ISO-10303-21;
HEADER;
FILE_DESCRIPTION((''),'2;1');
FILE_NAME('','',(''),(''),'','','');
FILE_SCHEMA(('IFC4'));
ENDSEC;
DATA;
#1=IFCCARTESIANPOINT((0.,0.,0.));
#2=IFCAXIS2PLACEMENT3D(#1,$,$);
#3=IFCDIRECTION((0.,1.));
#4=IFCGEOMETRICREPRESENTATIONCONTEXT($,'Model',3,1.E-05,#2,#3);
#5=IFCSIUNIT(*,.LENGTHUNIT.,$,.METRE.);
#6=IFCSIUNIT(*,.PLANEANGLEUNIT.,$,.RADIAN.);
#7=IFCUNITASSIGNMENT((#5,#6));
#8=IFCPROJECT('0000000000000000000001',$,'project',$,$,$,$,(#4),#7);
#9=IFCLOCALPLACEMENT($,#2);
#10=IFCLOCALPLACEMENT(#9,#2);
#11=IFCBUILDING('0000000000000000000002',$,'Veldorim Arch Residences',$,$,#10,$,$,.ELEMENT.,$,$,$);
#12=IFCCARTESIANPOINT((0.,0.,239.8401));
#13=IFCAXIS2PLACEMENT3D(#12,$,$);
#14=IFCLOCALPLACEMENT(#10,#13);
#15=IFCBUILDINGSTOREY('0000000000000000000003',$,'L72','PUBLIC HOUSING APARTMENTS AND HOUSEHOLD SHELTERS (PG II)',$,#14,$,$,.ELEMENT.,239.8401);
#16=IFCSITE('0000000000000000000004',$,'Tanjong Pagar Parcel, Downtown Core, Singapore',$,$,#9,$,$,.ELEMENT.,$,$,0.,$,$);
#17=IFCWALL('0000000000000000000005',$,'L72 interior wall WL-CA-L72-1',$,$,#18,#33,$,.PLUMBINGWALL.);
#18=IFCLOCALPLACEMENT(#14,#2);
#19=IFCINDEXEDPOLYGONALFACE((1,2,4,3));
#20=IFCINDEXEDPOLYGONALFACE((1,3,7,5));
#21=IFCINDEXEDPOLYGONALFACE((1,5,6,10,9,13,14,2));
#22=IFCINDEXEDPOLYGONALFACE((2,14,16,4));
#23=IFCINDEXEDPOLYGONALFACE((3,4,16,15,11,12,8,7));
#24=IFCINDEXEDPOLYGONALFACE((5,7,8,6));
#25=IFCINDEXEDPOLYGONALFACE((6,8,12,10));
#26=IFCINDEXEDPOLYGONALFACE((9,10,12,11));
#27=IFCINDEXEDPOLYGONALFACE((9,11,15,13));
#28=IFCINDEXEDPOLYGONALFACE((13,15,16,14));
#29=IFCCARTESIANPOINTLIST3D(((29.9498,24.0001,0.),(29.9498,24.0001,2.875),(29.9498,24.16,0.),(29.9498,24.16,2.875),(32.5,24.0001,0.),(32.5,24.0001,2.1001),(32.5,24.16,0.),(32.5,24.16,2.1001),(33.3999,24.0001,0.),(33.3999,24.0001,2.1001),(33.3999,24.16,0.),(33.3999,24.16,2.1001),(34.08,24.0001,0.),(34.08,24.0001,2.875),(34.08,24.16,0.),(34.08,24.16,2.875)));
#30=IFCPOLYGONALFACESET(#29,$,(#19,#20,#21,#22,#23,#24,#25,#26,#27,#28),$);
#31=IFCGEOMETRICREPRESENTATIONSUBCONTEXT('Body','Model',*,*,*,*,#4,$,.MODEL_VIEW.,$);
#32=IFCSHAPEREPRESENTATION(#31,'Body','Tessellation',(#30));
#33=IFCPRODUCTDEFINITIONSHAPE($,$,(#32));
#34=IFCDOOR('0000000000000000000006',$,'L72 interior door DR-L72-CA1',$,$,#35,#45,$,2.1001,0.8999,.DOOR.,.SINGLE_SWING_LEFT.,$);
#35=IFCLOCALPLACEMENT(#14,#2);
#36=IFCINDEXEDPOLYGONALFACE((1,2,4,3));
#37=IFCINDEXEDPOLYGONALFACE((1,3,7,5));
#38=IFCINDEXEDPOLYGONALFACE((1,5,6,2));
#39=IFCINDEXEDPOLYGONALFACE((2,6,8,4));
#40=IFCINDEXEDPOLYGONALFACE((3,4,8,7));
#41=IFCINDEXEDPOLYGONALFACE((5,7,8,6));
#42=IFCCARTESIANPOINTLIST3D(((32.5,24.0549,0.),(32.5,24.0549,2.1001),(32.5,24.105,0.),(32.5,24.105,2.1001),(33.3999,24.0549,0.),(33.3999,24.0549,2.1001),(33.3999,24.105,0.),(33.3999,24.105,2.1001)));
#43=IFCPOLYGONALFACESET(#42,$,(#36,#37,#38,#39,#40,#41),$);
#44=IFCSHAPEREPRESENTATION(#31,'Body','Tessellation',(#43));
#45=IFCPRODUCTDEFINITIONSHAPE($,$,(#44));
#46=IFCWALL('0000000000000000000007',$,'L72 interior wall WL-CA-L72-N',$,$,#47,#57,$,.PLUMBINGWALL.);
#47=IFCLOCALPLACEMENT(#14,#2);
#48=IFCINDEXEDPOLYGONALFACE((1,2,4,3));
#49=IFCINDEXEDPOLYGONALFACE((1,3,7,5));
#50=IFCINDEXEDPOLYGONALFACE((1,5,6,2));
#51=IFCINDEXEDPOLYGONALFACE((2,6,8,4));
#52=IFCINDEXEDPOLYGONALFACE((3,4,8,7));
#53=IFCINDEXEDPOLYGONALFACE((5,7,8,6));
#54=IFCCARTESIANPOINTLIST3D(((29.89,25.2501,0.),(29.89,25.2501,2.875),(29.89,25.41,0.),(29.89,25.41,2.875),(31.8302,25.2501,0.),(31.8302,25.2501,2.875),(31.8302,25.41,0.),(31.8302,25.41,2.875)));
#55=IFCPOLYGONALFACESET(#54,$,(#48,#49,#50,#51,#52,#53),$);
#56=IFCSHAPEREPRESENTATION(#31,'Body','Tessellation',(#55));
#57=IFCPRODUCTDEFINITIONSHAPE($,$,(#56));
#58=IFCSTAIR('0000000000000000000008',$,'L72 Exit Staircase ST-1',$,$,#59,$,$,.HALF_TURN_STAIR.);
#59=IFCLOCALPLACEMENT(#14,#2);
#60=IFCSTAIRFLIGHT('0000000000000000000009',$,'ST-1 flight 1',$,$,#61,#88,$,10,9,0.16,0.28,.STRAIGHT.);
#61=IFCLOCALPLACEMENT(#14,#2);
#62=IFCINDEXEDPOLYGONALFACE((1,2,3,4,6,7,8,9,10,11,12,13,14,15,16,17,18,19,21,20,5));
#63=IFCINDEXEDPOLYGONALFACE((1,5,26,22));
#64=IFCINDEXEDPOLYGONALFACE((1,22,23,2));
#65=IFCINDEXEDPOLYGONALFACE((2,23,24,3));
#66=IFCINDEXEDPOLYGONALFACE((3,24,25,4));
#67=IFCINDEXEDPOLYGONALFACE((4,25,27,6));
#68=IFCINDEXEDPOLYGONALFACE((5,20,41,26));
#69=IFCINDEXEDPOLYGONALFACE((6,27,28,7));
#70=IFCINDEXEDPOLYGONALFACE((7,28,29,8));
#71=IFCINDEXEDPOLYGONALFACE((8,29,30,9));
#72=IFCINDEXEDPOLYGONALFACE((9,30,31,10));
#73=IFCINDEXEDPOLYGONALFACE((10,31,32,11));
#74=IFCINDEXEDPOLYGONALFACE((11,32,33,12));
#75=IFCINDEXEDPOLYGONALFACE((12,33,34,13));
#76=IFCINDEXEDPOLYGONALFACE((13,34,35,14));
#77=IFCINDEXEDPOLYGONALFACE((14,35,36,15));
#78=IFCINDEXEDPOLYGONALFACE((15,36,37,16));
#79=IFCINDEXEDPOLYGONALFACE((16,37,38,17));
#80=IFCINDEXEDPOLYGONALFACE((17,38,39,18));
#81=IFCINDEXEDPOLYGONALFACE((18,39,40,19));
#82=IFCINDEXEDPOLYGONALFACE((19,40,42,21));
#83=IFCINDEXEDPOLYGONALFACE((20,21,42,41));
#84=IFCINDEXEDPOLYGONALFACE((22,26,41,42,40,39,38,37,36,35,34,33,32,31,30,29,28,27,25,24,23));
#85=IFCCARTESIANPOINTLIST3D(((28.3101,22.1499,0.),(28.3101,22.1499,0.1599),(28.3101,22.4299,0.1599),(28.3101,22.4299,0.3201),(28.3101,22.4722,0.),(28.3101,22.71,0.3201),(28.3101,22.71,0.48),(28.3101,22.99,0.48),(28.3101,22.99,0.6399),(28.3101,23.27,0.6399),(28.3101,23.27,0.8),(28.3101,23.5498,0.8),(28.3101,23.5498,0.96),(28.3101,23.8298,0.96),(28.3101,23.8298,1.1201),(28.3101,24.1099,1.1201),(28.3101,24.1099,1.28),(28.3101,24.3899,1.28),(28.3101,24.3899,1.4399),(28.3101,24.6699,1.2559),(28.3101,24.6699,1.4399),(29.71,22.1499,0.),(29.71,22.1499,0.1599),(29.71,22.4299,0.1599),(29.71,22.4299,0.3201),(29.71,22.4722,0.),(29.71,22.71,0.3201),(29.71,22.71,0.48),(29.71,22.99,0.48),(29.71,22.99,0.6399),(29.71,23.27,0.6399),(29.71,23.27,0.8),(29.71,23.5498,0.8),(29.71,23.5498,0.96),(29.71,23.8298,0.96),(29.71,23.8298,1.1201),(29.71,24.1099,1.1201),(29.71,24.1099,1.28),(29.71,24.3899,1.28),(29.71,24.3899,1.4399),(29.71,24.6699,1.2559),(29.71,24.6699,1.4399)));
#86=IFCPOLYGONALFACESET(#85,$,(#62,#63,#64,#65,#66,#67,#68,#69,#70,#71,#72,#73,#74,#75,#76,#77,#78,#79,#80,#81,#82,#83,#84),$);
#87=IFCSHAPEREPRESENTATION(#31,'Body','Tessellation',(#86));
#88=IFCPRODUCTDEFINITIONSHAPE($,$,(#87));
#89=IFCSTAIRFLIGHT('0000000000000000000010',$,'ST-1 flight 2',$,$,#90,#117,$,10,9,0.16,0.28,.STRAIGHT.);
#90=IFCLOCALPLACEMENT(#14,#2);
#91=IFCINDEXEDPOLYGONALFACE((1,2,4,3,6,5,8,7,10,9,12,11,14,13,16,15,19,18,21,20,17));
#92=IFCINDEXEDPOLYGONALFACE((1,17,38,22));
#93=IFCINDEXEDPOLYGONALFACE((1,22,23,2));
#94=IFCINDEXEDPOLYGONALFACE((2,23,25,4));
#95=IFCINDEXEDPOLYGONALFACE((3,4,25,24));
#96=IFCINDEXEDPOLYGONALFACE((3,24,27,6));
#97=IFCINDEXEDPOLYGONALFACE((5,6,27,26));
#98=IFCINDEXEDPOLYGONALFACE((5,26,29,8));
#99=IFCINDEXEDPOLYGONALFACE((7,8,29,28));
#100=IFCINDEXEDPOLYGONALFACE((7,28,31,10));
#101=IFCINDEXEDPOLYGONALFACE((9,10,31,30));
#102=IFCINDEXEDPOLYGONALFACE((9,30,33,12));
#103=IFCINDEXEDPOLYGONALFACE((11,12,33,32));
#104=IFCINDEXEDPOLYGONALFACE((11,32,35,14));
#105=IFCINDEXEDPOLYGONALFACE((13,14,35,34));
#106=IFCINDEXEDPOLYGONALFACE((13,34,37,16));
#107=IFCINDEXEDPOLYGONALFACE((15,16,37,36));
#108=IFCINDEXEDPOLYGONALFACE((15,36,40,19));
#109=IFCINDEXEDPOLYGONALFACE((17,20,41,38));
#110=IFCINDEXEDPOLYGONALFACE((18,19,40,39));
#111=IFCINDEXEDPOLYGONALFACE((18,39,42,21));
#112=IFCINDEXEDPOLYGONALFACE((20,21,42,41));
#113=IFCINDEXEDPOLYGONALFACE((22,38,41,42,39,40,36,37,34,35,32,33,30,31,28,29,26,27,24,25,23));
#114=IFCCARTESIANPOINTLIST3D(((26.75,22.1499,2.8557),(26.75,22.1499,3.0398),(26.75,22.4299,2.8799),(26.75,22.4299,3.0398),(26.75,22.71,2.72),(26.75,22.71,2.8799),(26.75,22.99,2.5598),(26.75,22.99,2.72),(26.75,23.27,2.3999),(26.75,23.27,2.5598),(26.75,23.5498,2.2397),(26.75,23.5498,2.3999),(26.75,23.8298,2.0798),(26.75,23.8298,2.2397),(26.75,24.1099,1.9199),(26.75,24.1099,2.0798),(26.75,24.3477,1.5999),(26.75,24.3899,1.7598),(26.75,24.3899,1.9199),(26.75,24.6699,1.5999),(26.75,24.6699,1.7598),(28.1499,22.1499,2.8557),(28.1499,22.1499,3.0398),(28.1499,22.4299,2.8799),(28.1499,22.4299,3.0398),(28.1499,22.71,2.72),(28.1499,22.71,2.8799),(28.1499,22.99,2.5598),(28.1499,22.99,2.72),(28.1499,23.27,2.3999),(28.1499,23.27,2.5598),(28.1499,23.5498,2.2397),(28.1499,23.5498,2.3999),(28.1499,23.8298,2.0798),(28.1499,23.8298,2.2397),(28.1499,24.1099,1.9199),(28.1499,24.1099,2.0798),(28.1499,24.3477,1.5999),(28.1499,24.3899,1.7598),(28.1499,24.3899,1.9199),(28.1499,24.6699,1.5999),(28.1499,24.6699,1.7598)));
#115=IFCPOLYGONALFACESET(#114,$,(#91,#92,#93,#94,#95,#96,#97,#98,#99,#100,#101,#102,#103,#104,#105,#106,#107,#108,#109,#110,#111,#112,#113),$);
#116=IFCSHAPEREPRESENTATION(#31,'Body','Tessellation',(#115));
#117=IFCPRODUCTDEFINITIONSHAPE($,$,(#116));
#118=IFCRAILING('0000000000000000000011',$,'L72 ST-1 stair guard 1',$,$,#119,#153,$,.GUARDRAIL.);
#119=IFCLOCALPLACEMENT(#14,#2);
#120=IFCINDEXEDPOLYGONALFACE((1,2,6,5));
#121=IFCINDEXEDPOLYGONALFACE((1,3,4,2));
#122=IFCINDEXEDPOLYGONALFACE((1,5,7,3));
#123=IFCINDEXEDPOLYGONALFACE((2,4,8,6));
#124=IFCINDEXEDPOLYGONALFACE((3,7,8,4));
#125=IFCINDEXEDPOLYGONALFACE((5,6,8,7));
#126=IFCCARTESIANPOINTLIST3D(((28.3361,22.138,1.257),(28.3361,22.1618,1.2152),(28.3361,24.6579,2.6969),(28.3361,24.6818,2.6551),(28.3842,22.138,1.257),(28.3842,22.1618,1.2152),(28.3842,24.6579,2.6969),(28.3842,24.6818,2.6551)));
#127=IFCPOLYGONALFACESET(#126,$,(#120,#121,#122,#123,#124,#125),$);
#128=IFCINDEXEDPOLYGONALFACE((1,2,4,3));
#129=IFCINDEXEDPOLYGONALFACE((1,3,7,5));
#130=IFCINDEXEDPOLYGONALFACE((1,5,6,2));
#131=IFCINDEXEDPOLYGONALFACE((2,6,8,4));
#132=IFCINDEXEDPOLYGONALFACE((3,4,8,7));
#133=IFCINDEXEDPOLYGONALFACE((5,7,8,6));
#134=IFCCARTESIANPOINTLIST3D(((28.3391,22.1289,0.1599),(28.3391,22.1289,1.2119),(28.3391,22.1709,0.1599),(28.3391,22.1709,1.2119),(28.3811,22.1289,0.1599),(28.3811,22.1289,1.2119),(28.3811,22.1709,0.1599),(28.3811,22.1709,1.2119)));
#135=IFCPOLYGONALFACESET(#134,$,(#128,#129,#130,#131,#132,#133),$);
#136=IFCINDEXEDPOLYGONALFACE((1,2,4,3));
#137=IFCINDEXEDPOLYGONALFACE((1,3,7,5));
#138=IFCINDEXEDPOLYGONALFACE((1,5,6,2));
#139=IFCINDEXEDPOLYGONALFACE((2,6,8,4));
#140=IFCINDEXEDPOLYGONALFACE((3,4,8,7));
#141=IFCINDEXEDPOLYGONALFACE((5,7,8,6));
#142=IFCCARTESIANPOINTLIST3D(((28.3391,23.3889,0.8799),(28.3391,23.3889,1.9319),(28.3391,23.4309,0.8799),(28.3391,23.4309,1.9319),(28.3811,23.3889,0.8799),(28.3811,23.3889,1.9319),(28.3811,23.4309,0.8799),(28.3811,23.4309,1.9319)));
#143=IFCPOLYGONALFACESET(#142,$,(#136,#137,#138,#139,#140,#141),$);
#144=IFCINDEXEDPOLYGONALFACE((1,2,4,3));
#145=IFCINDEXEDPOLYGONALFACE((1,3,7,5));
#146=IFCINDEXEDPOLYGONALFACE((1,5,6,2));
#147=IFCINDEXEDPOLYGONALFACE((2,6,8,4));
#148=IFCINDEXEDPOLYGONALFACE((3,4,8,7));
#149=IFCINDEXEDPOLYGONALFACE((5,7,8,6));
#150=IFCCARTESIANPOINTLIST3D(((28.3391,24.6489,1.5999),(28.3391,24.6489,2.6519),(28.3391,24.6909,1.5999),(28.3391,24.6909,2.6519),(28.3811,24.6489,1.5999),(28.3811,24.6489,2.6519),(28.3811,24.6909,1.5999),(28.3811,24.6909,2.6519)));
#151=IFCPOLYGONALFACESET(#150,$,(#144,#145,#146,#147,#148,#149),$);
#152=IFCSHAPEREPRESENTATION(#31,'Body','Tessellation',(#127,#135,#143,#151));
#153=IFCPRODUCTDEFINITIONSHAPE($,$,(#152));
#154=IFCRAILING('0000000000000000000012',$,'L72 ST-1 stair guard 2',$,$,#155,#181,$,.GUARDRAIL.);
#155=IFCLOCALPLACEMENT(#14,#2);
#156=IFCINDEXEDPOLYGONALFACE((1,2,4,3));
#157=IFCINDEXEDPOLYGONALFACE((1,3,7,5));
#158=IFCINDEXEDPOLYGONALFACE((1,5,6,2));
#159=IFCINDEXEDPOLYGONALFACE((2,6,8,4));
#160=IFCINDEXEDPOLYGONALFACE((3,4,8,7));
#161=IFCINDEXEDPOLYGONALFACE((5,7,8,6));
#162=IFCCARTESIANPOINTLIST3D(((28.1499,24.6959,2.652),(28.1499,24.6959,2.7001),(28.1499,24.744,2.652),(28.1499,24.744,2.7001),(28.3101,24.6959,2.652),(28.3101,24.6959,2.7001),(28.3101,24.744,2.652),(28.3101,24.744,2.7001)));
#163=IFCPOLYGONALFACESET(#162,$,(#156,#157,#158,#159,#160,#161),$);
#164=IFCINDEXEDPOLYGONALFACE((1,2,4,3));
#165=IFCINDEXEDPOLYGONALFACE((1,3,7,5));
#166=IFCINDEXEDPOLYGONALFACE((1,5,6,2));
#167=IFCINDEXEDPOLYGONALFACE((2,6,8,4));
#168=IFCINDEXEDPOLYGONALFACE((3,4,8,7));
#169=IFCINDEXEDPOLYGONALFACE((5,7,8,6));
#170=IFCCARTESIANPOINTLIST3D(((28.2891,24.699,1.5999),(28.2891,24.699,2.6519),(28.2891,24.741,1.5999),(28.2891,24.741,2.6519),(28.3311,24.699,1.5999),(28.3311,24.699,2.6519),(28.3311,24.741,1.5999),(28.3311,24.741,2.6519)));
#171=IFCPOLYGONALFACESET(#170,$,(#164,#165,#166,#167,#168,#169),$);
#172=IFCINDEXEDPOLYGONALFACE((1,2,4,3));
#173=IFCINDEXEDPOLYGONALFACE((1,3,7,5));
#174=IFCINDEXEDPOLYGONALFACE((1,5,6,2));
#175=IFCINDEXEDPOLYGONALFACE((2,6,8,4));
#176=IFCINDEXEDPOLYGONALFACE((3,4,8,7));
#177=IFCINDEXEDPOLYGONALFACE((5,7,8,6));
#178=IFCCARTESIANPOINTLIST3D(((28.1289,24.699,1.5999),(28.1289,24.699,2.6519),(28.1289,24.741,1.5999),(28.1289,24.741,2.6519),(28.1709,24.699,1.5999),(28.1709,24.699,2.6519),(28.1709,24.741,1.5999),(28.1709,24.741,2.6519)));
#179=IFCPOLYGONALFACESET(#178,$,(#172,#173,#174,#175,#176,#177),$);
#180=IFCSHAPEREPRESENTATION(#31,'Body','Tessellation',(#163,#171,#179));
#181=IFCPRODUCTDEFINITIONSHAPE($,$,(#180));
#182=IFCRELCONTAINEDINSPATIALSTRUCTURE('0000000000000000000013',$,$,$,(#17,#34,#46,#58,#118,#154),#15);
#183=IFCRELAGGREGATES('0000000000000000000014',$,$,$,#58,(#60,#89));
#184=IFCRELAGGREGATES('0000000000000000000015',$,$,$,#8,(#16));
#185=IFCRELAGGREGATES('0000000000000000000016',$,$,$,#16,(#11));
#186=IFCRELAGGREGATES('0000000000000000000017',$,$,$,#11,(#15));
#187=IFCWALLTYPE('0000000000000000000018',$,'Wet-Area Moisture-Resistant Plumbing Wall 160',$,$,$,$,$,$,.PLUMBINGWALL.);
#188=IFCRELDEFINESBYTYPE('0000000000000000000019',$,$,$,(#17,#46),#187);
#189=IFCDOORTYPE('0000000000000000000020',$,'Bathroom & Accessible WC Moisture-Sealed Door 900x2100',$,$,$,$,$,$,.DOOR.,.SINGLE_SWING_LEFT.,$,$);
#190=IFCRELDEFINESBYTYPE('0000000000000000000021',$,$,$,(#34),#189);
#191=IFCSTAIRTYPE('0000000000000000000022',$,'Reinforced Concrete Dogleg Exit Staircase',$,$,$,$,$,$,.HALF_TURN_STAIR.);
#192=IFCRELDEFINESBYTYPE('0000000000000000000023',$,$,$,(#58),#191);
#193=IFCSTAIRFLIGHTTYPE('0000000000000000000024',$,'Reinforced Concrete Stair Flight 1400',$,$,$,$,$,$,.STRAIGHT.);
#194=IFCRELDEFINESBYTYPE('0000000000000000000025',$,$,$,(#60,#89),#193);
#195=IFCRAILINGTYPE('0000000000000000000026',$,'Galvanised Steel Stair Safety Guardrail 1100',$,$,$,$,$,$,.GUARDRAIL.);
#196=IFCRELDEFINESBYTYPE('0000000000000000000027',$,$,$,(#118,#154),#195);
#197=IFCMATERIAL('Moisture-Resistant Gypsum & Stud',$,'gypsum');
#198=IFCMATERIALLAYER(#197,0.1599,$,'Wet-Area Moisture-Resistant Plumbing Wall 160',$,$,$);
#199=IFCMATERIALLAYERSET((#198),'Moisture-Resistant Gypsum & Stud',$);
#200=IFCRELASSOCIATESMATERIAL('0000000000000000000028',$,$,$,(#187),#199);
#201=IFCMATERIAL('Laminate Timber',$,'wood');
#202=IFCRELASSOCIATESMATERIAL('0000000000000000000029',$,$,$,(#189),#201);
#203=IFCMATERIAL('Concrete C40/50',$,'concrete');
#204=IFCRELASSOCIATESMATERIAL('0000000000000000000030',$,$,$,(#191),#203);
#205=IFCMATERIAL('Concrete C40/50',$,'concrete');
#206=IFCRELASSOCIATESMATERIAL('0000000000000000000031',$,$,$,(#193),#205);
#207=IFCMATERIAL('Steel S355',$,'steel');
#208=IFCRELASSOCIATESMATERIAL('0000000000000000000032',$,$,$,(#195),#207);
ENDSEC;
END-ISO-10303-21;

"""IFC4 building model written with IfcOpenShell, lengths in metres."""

from ifc_helpers import new_model, si_unit, direction, frame, frame_2d, origin, origin_2d, place, context, subcontext, project, spatial, polyline, rectangle, outline, extrude, material, layer, layer_set, type_object, element, fill, aggregate, save


model = new_model("IFC4")

# Units and contexts
model_context = context("Model", 3, precision=1e-05, world=origin(), true_north=direction((0.0, 1.0)))
body_context = subcontext(model_context, "Body", "Model", "MODEL_VIEW")
ifc_project = project(units=[si_unit("LENGTHUNIT", "METRE"), si_unit("PLANEANGLEUNIT", "RADIAN")], contexts=[model_context])

# Site, building, storey
site_placement = place(None, origin())
site = spatial("IfcSite", under=ifc_project, at=site_placement, Name="Tanjong Pagar Parcel, Downtown Core, Singapore", CompositionType="ELEMENT", RefElevation=0.0)
building_placement = place(site_placement, origin())
building = spatial("IfcBuilding", under=site, at=building_placement, Name="Veldorim Arch Residences", CompositionType="ELEMENT")
storey_placement = place(building_placement, frame((0.0, 0.0, 239.8401)))
storey = spatial("IfcBuildingStorey", under=building, at=storey_placement, Name="L72", Description="PUBLIC HOUSING APARTMENTS AND HOUSEHOLD SHELTERS (PG II)", CompositionType="ELEMENT", Elevation=239.8401)

# Wall, opening, door
ifc_material_1 = material(Name="Moisture-Resistant Gypsum & Stud", Category="gypsum")
ifc_layer_1 = layer(ifc_material_1, 0.1599, Name="Wet-Area Moisture-Resistant Plumbing Wall 160")
ifc_layer_set_1 = layer_set([ifc_layer_1], Name="Moisture-Resistant Gypsum & Stud")
wall_type_1 = type_object("IfcWallType", Name="Wet-Area Moisture-Resistant Plumbing Wall 160", PredefinedType="PLUMBINGWALL", material=ifc_layer_set_1)
wall_1_placement = place(storey_placement, frame((29.95, 24.0801, 0.0), z_axis=(0.0, 0.0, 1.0), x_axis=(1.0, 0.0, 0.0)))
wall_1 = element("IfcWall", 1, at=wall_1_placement, inside=storey, type_object=wall_type_1, Name="L72 interior wall WL-CA-L72-1", PredefinedType="PLUMBINGWALL", context=body_context, shape_type="SweptSolid", body=[
    extrude(rectangle(XDim=4.1301, YDim=0.1599, at=frame_2d((2.0649, 0.0))), origin(), (0.0, 0.0, 1.0), 2.875),
])
opening_placement = place(wall_1_placement, frame((2.55, 0.0, 0.0)))
opening = element("IfcOpeningElement", 2, at=opening_placement, cuts=wall_1, PredefinedType="OPENING", context=body_context, shape_type="SweptSolid", body=[
    extrude(rectangle(XDim=0.8999, YDim=2.1001, at=frame_2d((0.45, 1.05))), frame((0.0, 0.0898, 0.0), z_axis=(0.0, -1.0, 0.0), x_axis=(1.0, 0.0, 0.0)), (0.0, 0.0, 1.0), 0.1799),
])
ifc_material_2 = material(Name="Laminate Timber", Category="wood")
door_type = type_object("IfcDoorType", Name="Bathroom & Accessible WC Moisture-Sealed Door 900x2100", OperationType="SINGLE_SWING_LEFT", PredefinedType="DOOR", material=ifc_material_2)
door_placement = place(opening_placement, origin())
door = element("IfcDoor", 3, at=door_placement, inside=storey, type_object=door_type, Name="L72 interior door DR-L72-CA1", OperationType="SINGLE_SWING_LEFT", OverallHeight=2.1001, OverallWidth=0.8999, PredefinedType="DOOR", context=body_context, shape_type="SweptSolid", body=[
    extrude(rectangle(XDim=0.8999, YDim=2.1001, at=frame_2d((0.45, 1.05))), frame((0.0, 0.0249, 0.0), z_axis=(0.0, -1.0, 0.0), x_axis=(1.0, 0.0, 0.0)), (0.0, 0.0, 1.0), 0.05),
])
fill(opening, door)

# Wall
wall_2_placement = place(storey_placement, frame((29.8899, 25.3301, 0.0), z_axis=(0.0, 0.0, 1.0), x_axis=(1.0, 0.0, 0.0)))
element("IfcWall", 4, at=wall_2_placement, inside=storey, type_object=wall_type_1, Name="L72 interior wall WL-CA-L72-N", PredefinedType="PLUMBINGWALL", context=body_context, shape_type="SweptSolid", body=[
    extrude(rectangle(XDim=1.9402, YDim=0.1599, at=frame_2d((0.9702, 0.0))), origin(), (0.0, 0.0, 1.0), 2.875),
])

# Stair, stair flights
ifc_material_3 = material(Name="Concrete C40/50", Category="concrete")
stair_type = type_object("IfcStairType", Name="Reinforced Concrete Dogleg Exit Staircase", PredefinedType="HALF_TURN_STAIR", material=ifc_material_3)
stair_placement = place(storey_placement, origin())
stair = element("IfcStair", 5, at=stair_placement, inside=storey, type_object=stair_type, Name="L72 Exit Staircase ST-1", PredefinedType="HALF_TURN_STAIR")
ifc_material_4 = material(Name="Concrete C40/50", Category="concrete")
stair_flight_type = type_object("IfcStairFlightType", Name="Reinforced Concrete Stair Flight 1400", PredefinedType="STRAIGHT", material=ifc_material_4)
stair_flight_1_placement = place(storey_placement, frame((29.01, 22.1499, 0.0), z_axis=(0.0, 0.0, 1.0), x_axis=(0.0, 1.0, 0.0)))
stair_flight_1 = element("IfcStairFlight", 6, at=stair_flight_1_placement, type_object=stair_flight_type, Name="ST-1 flight 1", NumberOfRisers=10, NumberOfTreads=9, PredefinedType="STRAIGHT", RiserHeight=0.16, TreadLength=0.28, context=body_context, shape_type="SweptSolid", body=[
    extrude(outline(polyline([(0.0, 0.0), (0.0, 0.1599), (0.28, 0.1599), (0.28, 0.3201), (0.5601, 0.3201), (0.5601, 0.48), (0.8401, 0.48), (0.8401, 0.6399), (1.1201, 0.6399), (1.1201, 0.8), (1.3999, 0.8), (1.3999, 0.96), (1.6799, 0.96), (1.6799, 1.1201), (1.96, 1.1201), (1.96, 1.28), (2.24, 1.28), (2.24, 1.4399), (2.52, 1.4399), (2.52, 1.6001), (2.52, 1.2559), (0.3223, 0.0), (0.0, 0.0)])), frame((0.0, 0.7, 0.0), z_axis=(0.0, -1.0, 0.0), x_axis=(1.0, 0.0, 0.0)), (0.0, 0.0, 1.0), 1.3999),
])
stair_flight_2_placement = place(storey_placement, frame((27.45, 24.6699, 1.5999), z_axis=(0.0, 0.0, 1.0), x_axis=(0.0, -1.0, 0.0)))
stair_flight_2 = element("IfcStairFlight", 7, at=stair_flight_2_placement, type_object=stair_flight_type, Name="ST-1 flight 2", NumberOfRisers=10, NumberOfTreads=9, PredefinedType="STRAIGHT", RiserHeight=0.16, TreadLength=0.28, context=body_context, shape_type="SweptSolid", body=[
    extrude(outline(polyline([(0.0, 0.0), (0.0, 0.1599), (0.28, 0.1599), (0.28, 0.3201), (0.5601, 0.3201), (0.5601, 0.48), (0.8401, 0.48), (0.8401, 0.6399), (1.1201, 0.6399), (1.1201, 0.8), (1.3999, 0.8), (1.3999, 0.96), (1.6799, 0.96), (1.6799, 1.1201), (1.96, 1.1201), (1.96, 1.28), (2.24, 1.28), (2.24, 1.4399), (2.52, 1.4399), (2.52, 1.6001), (2.52, 1.2559), (0.3223, 0.0), (0.0, 0.0)])), frame((0.0, 0.7, 0.0), z_axis=(0.0, -1.0, 0.0), x_axis=(1.0, 0.0, 0.0)), (0.0, 0.0, 1.0), 1.3999),
])
aggregate(stair, [stair_flight_1, stair_flight_2])

# Railings
ifc_material_5 = material(Name="Steel S355", Category="steel")
railing_type_1 = type_object("IfcRailingType", Name="Galvanised Steel Stair Safety Guardrail 1100", PredefinedType="GUARDRAIL", material=ifc_material_5)
railing_1_placement = place(storey_placement, frame((28.3601, 22.1499, 0.1599)))
element("IfcRailing", 8, at=railing_1_placement, inside=storey, type_object=railing_type_1, Name="L72 ST-1 stair guard 1", PredefinedType="GUARDRAIL", context=body_context, shape_type="SweptSolid", body=[
    extrude(rectangle(XDim=0.0481, YDim=0.0481, at=origin_2d()), frame((0.0, 0.0, 1.0762), z_axis=(0.0, 0.868253, 0.496121), x_axis=(-1.0, 0.0, 0.0)), (0.0, 0.0, 1.0), 2.9023),
    extrude(rectangle(XDim=0.042, YDim=0.042, at=origin_2d()), origin(), (0.0, 0.0, 1.0), 1.052),
    extrude(rectangle(XDim=0.042, YDim=0.042, at=origin_2d()), frame((0.0, 1.26, 0.72)), (0.0, 0.0, 1.0), 1.052),
    extrude(rectangle(XDim=0.042, YDim=0.042, at=origin_2d()), frame((0.0, 2.52, 1.4399)), (0.0, 0.0, 1.0), 1.052),
])
railing_2_placement = place(storey_placement, frame((28.3101, 24.72, 1.5999)))
element("IfcRailing", 9, at=railing_2_placement, inside=storey, type_object=railing_type_1, Name="L72 ST-1 stair guard 2", PredefinedType="GUARDRAIL", context=body_context, shape_type="SweptSolid", body=[
    extrude(rectangle(XDim=0.0481, YDim=0.0481, at=origin_2d()), frame((0.0, 0.0, 1.0762), z_axis=(-1.0, 0.0, 0.0), x_axis=(0.0, -1.0, 0.0)), (0.0, 0.0, 1.0), 0.1602),
    extrude(rectangle(XDim=0.042, YDim=0.042, at=origin_2d()), origin(), (0.0, 0.0, 1.0), 1.052),
    extrude(rectangle(XDim=0.042, YDim=0.042, at=origin_2d()), frame((-0.1602, 0.0, 0.0)), (0.0, 0.0, 1.0), 1.052),
])

save(model, "model.ifc")
